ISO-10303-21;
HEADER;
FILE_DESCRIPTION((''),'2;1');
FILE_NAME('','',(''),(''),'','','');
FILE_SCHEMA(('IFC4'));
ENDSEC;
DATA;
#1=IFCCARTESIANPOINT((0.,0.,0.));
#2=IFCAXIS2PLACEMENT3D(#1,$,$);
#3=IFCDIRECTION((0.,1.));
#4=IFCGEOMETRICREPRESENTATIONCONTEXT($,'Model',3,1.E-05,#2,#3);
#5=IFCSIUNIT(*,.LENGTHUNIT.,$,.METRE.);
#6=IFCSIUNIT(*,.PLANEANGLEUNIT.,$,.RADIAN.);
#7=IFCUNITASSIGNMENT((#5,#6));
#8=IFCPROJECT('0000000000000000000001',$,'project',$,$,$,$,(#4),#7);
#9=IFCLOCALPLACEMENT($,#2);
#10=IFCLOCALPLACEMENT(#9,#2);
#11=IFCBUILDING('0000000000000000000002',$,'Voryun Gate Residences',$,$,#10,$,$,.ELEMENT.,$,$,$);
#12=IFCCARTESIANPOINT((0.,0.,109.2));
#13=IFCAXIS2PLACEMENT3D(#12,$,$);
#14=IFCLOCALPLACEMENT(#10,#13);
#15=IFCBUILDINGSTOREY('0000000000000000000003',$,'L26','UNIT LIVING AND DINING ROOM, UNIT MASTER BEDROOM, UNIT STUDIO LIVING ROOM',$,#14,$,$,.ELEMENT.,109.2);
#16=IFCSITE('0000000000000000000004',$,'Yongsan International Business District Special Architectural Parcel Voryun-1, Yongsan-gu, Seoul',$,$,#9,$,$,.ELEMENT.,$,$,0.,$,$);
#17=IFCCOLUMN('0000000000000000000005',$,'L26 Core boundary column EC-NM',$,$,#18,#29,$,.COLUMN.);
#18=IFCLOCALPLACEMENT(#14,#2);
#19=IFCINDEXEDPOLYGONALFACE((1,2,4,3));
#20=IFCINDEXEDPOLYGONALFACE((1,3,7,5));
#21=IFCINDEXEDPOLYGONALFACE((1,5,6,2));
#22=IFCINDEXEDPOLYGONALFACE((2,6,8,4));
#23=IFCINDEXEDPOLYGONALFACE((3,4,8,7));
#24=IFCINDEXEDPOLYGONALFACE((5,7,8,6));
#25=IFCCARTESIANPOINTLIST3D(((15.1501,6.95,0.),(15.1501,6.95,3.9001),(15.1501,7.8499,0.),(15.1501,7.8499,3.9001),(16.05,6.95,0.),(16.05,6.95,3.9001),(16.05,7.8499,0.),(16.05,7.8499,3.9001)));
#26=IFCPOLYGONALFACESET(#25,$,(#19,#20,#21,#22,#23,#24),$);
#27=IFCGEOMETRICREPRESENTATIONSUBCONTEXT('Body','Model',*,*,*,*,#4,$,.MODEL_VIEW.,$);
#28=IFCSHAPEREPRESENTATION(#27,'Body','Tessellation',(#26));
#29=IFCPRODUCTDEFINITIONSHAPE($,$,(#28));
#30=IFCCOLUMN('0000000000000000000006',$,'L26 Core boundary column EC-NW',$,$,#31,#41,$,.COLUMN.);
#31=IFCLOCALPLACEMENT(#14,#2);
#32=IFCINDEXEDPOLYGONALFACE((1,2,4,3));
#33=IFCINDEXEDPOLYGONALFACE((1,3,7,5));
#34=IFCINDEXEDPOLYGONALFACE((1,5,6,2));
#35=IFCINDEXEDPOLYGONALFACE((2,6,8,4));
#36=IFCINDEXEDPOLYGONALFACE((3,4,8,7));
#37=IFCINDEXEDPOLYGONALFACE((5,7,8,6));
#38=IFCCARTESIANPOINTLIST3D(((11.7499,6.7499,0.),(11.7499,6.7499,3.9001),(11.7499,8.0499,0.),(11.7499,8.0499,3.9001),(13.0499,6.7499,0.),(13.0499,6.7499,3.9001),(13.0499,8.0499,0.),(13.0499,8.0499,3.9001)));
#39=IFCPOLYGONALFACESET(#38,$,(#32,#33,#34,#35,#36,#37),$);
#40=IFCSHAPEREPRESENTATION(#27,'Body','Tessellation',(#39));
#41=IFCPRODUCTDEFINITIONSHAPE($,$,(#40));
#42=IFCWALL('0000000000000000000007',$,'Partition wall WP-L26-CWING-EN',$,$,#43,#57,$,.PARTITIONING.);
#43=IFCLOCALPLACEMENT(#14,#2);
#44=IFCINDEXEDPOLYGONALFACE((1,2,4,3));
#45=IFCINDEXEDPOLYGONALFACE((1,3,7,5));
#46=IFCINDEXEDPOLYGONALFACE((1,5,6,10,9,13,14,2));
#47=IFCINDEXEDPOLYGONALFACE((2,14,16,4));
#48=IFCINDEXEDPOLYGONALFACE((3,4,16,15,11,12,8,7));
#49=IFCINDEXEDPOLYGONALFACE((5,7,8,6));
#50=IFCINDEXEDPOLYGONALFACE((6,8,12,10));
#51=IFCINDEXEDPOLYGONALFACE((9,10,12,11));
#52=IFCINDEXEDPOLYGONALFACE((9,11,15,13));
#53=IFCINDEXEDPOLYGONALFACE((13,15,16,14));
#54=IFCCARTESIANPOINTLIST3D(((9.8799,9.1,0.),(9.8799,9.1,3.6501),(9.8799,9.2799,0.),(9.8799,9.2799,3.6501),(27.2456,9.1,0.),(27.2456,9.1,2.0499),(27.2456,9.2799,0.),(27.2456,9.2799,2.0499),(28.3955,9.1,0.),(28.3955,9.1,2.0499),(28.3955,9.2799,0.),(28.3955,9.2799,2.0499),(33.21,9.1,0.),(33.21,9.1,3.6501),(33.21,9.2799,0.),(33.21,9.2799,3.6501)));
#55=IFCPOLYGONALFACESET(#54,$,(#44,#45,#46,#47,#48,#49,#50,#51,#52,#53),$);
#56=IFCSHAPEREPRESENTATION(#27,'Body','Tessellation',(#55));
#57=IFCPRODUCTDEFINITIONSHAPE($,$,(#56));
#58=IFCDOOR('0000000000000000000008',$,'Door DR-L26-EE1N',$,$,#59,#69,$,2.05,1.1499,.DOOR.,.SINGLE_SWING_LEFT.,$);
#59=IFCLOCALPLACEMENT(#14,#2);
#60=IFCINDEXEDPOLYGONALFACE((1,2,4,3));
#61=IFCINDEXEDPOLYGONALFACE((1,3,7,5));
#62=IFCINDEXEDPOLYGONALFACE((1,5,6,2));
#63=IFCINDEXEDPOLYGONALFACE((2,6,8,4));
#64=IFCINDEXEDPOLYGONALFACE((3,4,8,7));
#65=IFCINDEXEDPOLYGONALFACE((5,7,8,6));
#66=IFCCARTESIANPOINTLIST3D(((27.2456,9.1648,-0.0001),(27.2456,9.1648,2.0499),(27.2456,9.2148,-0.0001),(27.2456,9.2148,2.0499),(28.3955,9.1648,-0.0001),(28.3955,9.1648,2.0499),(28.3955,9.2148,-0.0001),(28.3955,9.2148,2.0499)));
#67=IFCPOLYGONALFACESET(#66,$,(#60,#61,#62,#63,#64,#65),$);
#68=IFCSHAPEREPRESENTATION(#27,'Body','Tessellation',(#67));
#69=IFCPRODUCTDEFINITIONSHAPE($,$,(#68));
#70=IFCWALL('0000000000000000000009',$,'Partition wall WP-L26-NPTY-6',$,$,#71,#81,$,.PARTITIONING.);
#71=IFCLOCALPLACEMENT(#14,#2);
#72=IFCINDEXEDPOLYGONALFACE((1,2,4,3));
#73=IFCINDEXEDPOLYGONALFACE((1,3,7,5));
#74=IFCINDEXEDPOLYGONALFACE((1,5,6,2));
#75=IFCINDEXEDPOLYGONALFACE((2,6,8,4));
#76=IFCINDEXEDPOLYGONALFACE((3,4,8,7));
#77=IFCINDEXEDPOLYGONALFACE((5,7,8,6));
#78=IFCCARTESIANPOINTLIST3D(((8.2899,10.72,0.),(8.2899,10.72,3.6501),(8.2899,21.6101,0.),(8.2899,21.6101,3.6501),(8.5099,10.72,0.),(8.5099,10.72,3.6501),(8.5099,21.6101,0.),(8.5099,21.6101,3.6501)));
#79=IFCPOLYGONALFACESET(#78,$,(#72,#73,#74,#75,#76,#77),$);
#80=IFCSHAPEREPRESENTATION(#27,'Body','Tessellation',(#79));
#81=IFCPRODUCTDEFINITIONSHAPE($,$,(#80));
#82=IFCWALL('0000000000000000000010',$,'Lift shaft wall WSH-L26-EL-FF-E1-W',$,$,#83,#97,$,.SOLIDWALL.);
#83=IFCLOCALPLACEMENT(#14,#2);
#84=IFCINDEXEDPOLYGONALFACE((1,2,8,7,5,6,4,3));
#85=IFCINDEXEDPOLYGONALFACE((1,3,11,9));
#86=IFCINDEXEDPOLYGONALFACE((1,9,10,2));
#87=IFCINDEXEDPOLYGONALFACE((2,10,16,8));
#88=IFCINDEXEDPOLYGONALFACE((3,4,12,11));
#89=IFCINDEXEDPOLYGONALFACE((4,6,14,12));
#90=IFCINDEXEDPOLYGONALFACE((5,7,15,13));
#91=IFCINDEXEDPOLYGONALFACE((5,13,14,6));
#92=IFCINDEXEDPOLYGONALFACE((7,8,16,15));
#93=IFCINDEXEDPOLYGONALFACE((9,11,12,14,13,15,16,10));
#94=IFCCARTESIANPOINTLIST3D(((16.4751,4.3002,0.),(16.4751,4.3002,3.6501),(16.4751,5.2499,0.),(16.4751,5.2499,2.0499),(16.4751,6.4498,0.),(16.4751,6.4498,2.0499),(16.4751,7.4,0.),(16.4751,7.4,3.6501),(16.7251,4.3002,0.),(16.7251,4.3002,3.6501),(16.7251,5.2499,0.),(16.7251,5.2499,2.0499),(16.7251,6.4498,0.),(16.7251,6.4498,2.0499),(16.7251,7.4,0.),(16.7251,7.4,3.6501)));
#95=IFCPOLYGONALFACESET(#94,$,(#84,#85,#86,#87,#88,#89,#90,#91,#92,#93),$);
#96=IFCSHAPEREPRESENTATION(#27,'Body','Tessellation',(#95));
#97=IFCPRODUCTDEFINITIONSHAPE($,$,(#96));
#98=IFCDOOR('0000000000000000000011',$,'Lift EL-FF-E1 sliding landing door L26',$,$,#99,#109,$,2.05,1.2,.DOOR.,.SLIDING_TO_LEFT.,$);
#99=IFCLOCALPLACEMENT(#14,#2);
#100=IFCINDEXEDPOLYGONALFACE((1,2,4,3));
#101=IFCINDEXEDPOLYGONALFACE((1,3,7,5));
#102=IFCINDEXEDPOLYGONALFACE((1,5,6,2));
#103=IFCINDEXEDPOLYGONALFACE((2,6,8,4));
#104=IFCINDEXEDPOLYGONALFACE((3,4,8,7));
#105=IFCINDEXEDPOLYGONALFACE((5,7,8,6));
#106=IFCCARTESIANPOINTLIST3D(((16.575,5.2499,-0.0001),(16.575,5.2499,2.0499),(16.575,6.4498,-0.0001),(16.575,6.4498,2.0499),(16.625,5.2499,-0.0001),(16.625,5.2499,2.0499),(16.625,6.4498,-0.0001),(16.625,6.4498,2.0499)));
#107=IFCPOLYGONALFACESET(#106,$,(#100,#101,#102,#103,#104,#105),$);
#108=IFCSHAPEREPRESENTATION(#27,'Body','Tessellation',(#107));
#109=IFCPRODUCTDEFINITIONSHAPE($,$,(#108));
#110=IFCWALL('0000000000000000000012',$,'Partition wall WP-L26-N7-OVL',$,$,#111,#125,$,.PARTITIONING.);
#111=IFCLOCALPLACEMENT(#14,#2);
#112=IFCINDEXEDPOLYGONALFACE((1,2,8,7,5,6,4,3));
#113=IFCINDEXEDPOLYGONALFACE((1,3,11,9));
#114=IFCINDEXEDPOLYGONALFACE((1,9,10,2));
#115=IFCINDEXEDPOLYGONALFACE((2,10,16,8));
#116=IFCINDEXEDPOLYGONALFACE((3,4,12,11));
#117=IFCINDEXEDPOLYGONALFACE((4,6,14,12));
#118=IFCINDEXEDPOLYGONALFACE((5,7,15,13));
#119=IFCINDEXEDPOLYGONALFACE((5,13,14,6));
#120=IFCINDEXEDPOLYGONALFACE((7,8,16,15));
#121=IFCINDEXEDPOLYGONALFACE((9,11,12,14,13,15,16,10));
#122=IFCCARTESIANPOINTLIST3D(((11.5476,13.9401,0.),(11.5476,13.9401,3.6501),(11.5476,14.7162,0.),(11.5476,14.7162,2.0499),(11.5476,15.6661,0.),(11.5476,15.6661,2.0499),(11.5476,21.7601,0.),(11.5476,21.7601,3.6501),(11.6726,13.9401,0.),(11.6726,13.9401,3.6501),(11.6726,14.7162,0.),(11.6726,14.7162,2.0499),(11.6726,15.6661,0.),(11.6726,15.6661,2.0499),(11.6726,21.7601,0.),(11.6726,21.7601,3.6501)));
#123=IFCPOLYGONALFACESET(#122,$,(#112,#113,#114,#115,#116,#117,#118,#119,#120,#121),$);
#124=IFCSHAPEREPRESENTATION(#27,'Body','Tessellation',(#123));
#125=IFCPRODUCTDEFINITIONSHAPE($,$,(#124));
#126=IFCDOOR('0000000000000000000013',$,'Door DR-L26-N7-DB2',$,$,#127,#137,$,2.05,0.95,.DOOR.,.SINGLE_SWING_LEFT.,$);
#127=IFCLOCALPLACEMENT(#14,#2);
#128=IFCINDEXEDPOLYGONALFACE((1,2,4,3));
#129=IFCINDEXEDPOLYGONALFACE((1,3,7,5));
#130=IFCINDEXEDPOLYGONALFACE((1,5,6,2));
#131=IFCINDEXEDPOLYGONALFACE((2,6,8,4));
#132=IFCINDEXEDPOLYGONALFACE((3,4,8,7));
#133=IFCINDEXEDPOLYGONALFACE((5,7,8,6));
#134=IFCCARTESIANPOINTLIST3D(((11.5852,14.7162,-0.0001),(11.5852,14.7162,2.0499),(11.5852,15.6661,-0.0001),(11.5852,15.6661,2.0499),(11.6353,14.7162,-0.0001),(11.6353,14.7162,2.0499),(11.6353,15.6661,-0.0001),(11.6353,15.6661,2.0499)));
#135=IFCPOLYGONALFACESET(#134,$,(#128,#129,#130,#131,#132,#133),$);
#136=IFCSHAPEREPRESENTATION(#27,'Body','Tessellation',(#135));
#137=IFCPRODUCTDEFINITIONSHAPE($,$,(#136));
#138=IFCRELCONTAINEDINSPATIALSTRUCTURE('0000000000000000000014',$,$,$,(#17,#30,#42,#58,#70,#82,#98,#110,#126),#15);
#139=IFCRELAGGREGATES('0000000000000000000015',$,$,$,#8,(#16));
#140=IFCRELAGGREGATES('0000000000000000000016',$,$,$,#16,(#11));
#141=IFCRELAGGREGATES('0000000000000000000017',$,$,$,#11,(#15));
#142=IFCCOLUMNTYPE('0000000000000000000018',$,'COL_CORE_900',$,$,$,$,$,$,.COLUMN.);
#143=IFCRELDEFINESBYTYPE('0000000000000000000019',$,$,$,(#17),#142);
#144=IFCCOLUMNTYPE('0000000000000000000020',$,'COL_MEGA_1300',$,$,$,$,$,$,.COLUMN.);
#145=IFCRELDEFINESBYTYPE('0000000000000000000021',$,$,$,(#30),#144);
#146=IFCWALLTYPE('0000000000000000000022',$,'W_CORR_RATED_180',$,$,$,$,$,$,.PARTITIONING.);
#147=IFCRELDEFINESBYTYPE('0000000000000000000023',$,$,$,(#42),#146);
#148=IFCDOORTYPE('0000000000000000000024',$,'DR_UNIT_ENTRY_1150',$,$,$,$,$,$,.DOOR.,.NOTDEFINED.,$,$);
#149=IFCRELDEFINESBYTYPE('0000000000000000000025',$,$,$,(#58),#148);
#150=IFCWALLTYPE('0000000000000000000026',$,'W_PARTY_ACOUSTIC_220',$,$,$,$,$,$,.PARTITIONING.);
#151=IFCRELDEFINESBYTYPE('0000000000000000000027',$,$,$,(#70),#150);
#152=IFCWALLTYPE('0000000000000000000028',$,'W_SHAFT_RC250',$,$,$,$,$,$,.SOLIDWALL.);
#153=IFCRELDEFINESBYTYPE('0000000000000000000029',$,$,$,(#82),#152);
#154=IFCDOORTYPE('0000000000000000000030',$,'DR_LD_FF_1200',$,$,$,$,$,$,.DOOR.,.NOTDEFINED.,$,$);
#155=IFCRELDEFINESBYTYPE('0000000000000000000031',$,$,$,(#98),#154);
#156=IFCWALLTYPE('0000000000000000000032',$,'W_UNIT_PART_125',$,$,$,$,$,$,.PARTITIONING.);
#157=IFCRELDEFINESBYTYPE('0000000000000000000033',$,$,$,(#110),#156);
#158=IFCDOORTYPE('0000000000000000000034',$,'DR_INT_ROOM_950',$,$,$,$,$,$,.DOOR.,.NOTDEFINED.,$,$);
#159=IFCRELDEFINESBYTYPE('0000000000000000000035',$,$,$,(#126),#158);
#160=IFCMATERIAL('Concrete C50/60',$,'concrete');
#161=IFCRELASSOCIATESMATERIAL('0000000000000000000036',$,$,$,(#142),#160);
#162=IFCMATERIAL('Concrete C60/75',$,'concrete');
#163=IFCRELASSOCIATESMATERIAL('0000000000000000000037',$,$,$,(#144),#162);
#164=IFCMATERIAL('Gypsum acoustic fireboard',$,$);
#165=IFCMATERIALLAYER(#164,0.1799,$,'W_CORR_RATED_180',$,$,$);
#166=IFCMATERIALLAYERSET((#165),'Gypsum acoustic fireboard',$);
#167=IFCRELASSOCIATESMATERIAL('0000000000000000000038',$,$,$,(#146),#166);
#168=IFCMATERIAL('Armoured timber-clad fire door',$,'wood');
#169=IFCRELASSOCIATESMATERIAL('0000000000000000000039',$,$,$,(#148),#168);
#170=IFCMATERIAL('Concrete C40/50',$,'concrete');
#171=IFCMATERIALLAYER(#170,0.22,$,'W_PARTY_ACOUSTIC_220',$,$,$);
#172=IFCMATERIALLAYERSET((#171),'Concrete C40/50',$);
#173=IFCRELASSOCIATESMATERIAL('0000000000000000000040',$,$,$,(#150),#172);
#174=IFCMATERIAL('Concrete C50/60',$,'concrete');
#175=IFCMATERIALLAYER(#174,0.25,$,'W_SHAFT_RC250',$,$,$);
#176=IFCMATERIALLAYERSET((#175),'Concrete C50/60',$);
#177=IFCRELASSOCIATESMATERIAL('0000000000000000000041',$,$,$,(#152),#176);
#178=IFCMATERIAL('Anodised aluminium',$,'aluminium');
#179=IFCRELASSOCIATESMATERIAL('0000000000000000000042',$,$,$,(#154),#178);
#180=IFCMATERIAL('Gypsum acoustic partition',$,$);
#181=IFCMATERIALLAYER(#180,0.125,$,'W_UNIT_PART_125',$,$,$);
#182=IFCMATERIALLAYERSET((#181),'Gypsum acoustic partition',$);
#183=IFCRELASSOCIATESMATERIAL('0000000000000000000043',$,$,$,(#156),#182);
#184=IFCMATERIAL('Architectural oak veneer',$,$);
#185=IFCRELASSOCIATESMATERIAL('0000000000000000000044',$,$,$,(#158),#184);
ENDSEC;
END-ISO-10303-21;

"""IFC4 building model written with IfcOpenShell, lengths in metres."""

from ifc_helpers import new_model, si_unit, direction, frame, frame_2d, origin, origin_2d, place, context, subcontext, project, spatial, rectangle, extrude, material, layer, layer_set, material_profile, profile_set, type_object, element, fill, save


model = new_model("IFC4")

# Units and contexts
model_context = context("Model", 3, precision=1e-05, world=origin(), true_north=direction((0.0, 1.0)))
body_context = subcontext(model_context, "Body", "Model", "MODEL_VIEW")
ifc_project = project(units=[si_unit("LENGTHUNIT", "METRE"), si_unit("PLANEANGLEUNIT", "RADIAN")], contexts=[model_context])

# Site, building, storey
site_placement = place(None, origin())
site = spatial("IfcSite", under=ifc_project, at=site_placement, Name="Yongsan International Business District Special Architectural Parcel Voryun-1, Yongsan-gu, Seoul", CompositionType="ELEMENT", RefElevation=0.0)
building_placement = place(site_placement, origin())
building = spatial("IfcBuilding", under=site, at=building_placement, Name="Voryun Gate Residences", CompositionType="ELEMENT")
storey_placement = place(building_placement, frame((0.0, 0.0, 109.2)))
storey = spatial("IfcBuildingStorey", under=building, at=storey_placement, Name="L26", Description="UNIT LIVING AND DINING ROOM, UNIT MASTER BEDROOM, UNIT STUDIO LIVING ROOM", CompositionType="ELEMENT", Elevation=109.2)

# Columns
ifc_material_1 = material(Name="Concrete C50/60", Category="concrete")
ifc_material_profile_1 = material_profile(ifc_material_1, rectangle(XDim=0.8999, YDim=0.8999, at=origin_2d()), Name="RC-900x900")
ifc_profile_set_1 = profile_set([ifc_material_profile_1], Name="Concrete C50/60")
column_type_1 = type_object("IfcColumnType", Name="COL_CORE_900", PredefinedType="COLUMN", material=ifc_profile_set_1)
column_1_placement = place(storey_placement, frame((15.6001, 7.3999, 0.0), z_axis=(0.0, 0.0, 1.0), x_axis=(1.0, 0.0, 0.0)))
element("IfcColumn", 1, at=column_1_placement, inside=storey, type_object=column_type_1, Name="L26 Core boundary column EC-NM", PredefinedType="COLUMN", context=body_context, shape_type="SweptSolid", body=[
    extrude(rectangle(XDim=0.8999, YDim=0.8999, at=origin_2d()), origin(), (0.0, 0.0, 1.0), 3.9001),
])
ifc_material_2 = material(Name="Concrete C60/75", Category="concrete")
ifc_material_profile_2 = material_profile(ifc_material_2, rectangle(XDim=1.3, YDim=1.3, at=origin_2d()), Name="RC-1300x1300")
ifc_profile_set_2 = profile_set([ifc_material_profile_2], Name="Concrete C60/75")
column_type_2 = type_object("IfcColumnType", Name="COL_MEGA_1300", PredefinedType="COLUMN", material=ifc_profile_set_2)
column_2_placement = place(storey_placement, frame((12.3999, 7.3999, 0.0), z_axis=(0.0, 0.0, 1.0), x_axis=(1.0, 0.0, 0.0)))
element("IfcColumn", 2, at=column_2_placement, inside=storey, type_object=column_type_2, Name="L26 Core boundary column EC-NW", PredefinedType="COLUMN", context=body_context, shape_type="SweptSolid", body=[
    extrude(rectangle(XDim=1.3, YDim=1.3, at=origin_2d()), origin(), (0.0, 0.0, 1.0), 3.9001),
])

# Wall, opening, door
ifc_material_3 = material(Name="Gypsum acoustic fireboard")
ifc_layer_1 = layer(ifc_material_3, 0.1799, Name="W_CORR_RATED_180")
ifc_layer_set_1 = layer_set([ifc_layer_1], Name="Gypsum acoustic fireboard")
wall_type_1 = type_object("IfcWallType", Name="W_CORR_RATED_180", PredefinedType="PARTITIONING", material=ifc_layer_set_1)
wall_1_placement = place(storey_placement, frame((9.8799, 9.1899, 0.0), z_axis=(0.0, 0.0, 1.0), x_axis=(1.0, 0.0, 0.0)))
wall_1 = element("IfcWall", 3, at=wall_1_placement, inside=storey, type_object=wall_type_1, Name="Partition wall WP-L26-CWING-EN", PredefinedType="PARTITIONING", context=body_context, shape_type="SweptSolid", body=[
    extrude(rectangle(XDim=23.3301, YDim=0.1799, at=frame_2d((11.665, 0.0))), origin(), (0.0, 0.0, 1.0), 3.6501),
])
opening_1_placement = place(wall_1_placement, frame((17.3657, 0.0, 0.0)))
opening_1 = element("IfcOpeningElement", 4, at=opening_1_placement, cuts=wall_1, PredefinedType="OPENING", context=body_context, shape_type="SweptSolid", body=[
    extrude(rectangle(XDim=1.1499, YDim=2.05, at=frame_2d((0.575, 1.0249))), frame((0.0, 0.0999, 0.0), z_axis=(0.0, -1.0, 0.0), x_axis=(1.0, 0.0, 0.0)), (0.0, 0.0, 1.0), 0.2),
])
ifc_material_4 = material(Name="Armoured timber-clad fire door", Category="wood")
door_type_1 = type_object("IfcDoorType", Name="DR_UNIT_ENTRY_1150", OperationType="NOTDEFINED", PredefinedType="DOOR", material=ifc_material_4)
door_1_placement = place(opening_1_placement, origin())
door_1 = element("IfcDoor", 5, at=door_1_placement, inside=storey, type_object=door_type_1, Name="Door DR-L26-EE1N", OperationType="SINGLE_SWING_LEFT", OverallHeight=2.05, OverallWidth=1.1499, PredefinedType="DOOR", context=body_context, shape_type="SweptSolid", body=[
    extrude(rectangle(XDim=1.1499, YDim=2.05, at=frame_2d((0.575, 1.0249))), frame((0.0, 0.0249, 0.0), z_axis=(0.0, -1.0, 0.0), x_axis=(1.0, 0.0, 0.0)), (0.0, 0.0, 1.0), 0.05),
])
fill(opening_1, door_1)

# Wall
ifc_material_5 = material(Name="Concrete C40/50", Category="concrete")
ifc_layer_2 = layer(ifc_material_5, 0.22, Name="W_PARTY_ACOUSTIC_220")
ifc_layer_set_2 = layer_set([ifc_layer_2], Name="Concrete C40/50")
wall_type_2 = type_object("IfcWallType", Name="W_PARTY_ACOUSTIC_220", PredefinedType="PARTITIONING", material=ifc_layer_set_2)
wall_2_placement = place(storey_placement, frame((8.3999, 10.72, 0.0), z_axis=(0.0, 0.0, 1.0), x_axis=(0.0, 1.0, 0.0)))
element("IfcWall", 6, at=wall_2_placement, inside=storey, type_object=wall_type_2, Name="Partition wall WP-L26-NPTY-6", PredefinedType="PARTITIONING", context=body_context, shape_type="SweptSolid", body=[
    extrude(rectangle(XDim=10.8901, YDim=0.22, at=frame_2d((5.4451, 0.0))), origin(), (0.0, 0.0, 1.0), 3.6501),
])

# Walls, openings, doors
ifc_material_6 = material(Name="Concrete C50/60", Category="concrete")
ifc_layer_3 = layer(ifc_material_6, 0.25, Name="W_SHAFT_RC250")
ifc_layer_set_3 = layer_set([ifc_layer_3], Name="Concrete C50/60")
wall_type_3 = type_object("IfcWallType", Name="W_SHAFT_RC250", PredefinedType="SOLIDWALL", material=ifc_layer_set_3)
wall_3_placement = place(storey_placement, frame((16.6001, 7.3999, 0.0), z_axis=(0.0, 0.0, 1.0), x_axis=(0.0, -1.0, 0.0)))
wall_3 = element("IfcWall", 7, at=wall_3_placement, inside=storey, type_object=wall_type_3, Name="Lift shaft wall WSH-L26-EL-FF-E1-W", PredefinedType="SOLIDWALL", context=body_context, shape_type="SweptSolid", body=[
    extrude(rectangle(XDim=3.0999, YDim=0.25, at=frame_2d((1.5498, 0.0))), origin(), (0.0, 0.0, 1.0), 3.6501),
])
opening_2_placement = place(wall_3_placement, frame((0.95, 0.0, 0.0)))
opening_2 = element("IfcOpeningElement", 8, at=opening_2_placement, cuts=wall_3, PredefinedType="OPENING", context=body_context, shape_type="SweptSolid", body=[
    extrude(rectangle(XDim=1.2, YDim=2.05, at=frame_2d((0.6001, 1.0249))), frame((0.0, 0.135, 0.0), z_axis=(0.0, -1.0, 0.0), x_axis=(1.0, 0.0, 0.0)), (0.0, 0.0, 1.0), 0.27),
])
ifc_material_7 = material(Name="Anodised aluminium", Category="aluminium")
door_type_2 = type_object("IfcDoorType", Name="DR_LD_FF_1200", OperationType="NOTDEFINED", PredefinedType="DOOR", material=ifc_material_7)
door_2_placement = place(opening_2_placement, origin())
door_2 = element("IfcDoor", 9, at=door_2_placement, inside=storey, type_object=door_type_2, Name="Lift EL-FF-E1 sliding landing door L26", OperationType="SLIDING_TO_LEFT", OverallHeight=2.05, OverallWidth=1.2, PredefinedType="DOOR", context=body_context, shape_type="SweptSolid", body=[
    extrude(rectangle(XDim=1.2, YDim=2.05, at=frame_2d((0.6001, 1.0249))), frame((0.0, 0.0249, 0.0), z_axis=(0.0, -1.0, 0.0), x_axis=(1.0, 0.0, 0.0)), (0.0, 0.0, 1.0), 0.05),
])
fill(opening_2, door_2)
ifc_material_8 = material(Name="Gypsum acoustic partition")
ifc_layer_4 = layer(ifc_material_8, 0.125, Name="W_UNIT_PART_125")
ifc_layer_set_4 = layer_set([ifc_layer_4], Name="Gypsum acoustic partition")
wall_type_4 = type_object("IfcWallType", Name="W_UNIT_PART_125", PredefinedType="PARTITIONING", material=ifc_layer_set_4)
wall_4_placement = place(storey_placement, frame((11.6101, 13.9399, 0.0), z_axis=(0.0, 0.0, 1.0), x_axis=(0.0, 1.0, 0.0)))
wall_4 = element("IfcWall", 10, at=wall_4_placement, inside=storey, type_object=wall_type_4, Name="Partition wall WP-L26-N7-OVL", PredefinedType="PARTITIONING", context=body_context, shape_type="SweptSolid", body=[
    extrude(rectangle(XDim=7.8201, YDim=0.125, at=frame_2d((3.9102, 0.0))), origin(), (0.0, 0.0, 1.0), 3.6501),
])
opening_3_placement = place(wall_4_placement, frame((0.7761, 0.0, 0.0)))
opening_3 = element("IfcOpeningElement", 11, at=opening_3_placement, cuts=wall_4, PredefinedType="OPENING", context=body_context, shape_type="SweptSolid", body=[
    extrude(rectangle(XDim=0.95, YDim=2.05, at=frame_2d((0.4751, 1.0249))), frame((0.0, 0.0725, 0.0), z_axis=(0.0, -1.0, 0.0), x_axis=(1.0, 0.0, 0.0)), (0.0, 0.0, 1.0), 0.145),
])
ifc_material_9 = material(Name="Architectural oak veneer")
door_type_3 = type_object("IfcDoorType", Name="DR_INT_ROOM_950", OperationType="NOTDEFINED", PredefinedType="DOOR", material=ifc_material_9)
door_3_placement = place(opening_3_placement, origin())
door_3 = element("IfcDoor", 12, at=door_3_placement, inside=storey, type_object=door_type_3, Name="Door DR-L26-N7-DB2", OperationType="SINGLE_SWING_LEFT", OverallHeight=2.05, OverallWidth=0.95, PredefinedType="DOOR", context=body_context, shape_type="SweptSolid", body=[
    extrude(rectangle(XDim=0.95, YDim=2.05, at=frame_2d((0.4751, 1.0249))), frame((0.0, 0.0249, 0.0), z_axis=(0.0, -1.0, 0.0), x_axis=(1.0, 0.0, 0.0)), (0.0, 0.0, 1.0), 0.05),
])
fill(opening_3, door_3)

save(model, "model.ifc")
